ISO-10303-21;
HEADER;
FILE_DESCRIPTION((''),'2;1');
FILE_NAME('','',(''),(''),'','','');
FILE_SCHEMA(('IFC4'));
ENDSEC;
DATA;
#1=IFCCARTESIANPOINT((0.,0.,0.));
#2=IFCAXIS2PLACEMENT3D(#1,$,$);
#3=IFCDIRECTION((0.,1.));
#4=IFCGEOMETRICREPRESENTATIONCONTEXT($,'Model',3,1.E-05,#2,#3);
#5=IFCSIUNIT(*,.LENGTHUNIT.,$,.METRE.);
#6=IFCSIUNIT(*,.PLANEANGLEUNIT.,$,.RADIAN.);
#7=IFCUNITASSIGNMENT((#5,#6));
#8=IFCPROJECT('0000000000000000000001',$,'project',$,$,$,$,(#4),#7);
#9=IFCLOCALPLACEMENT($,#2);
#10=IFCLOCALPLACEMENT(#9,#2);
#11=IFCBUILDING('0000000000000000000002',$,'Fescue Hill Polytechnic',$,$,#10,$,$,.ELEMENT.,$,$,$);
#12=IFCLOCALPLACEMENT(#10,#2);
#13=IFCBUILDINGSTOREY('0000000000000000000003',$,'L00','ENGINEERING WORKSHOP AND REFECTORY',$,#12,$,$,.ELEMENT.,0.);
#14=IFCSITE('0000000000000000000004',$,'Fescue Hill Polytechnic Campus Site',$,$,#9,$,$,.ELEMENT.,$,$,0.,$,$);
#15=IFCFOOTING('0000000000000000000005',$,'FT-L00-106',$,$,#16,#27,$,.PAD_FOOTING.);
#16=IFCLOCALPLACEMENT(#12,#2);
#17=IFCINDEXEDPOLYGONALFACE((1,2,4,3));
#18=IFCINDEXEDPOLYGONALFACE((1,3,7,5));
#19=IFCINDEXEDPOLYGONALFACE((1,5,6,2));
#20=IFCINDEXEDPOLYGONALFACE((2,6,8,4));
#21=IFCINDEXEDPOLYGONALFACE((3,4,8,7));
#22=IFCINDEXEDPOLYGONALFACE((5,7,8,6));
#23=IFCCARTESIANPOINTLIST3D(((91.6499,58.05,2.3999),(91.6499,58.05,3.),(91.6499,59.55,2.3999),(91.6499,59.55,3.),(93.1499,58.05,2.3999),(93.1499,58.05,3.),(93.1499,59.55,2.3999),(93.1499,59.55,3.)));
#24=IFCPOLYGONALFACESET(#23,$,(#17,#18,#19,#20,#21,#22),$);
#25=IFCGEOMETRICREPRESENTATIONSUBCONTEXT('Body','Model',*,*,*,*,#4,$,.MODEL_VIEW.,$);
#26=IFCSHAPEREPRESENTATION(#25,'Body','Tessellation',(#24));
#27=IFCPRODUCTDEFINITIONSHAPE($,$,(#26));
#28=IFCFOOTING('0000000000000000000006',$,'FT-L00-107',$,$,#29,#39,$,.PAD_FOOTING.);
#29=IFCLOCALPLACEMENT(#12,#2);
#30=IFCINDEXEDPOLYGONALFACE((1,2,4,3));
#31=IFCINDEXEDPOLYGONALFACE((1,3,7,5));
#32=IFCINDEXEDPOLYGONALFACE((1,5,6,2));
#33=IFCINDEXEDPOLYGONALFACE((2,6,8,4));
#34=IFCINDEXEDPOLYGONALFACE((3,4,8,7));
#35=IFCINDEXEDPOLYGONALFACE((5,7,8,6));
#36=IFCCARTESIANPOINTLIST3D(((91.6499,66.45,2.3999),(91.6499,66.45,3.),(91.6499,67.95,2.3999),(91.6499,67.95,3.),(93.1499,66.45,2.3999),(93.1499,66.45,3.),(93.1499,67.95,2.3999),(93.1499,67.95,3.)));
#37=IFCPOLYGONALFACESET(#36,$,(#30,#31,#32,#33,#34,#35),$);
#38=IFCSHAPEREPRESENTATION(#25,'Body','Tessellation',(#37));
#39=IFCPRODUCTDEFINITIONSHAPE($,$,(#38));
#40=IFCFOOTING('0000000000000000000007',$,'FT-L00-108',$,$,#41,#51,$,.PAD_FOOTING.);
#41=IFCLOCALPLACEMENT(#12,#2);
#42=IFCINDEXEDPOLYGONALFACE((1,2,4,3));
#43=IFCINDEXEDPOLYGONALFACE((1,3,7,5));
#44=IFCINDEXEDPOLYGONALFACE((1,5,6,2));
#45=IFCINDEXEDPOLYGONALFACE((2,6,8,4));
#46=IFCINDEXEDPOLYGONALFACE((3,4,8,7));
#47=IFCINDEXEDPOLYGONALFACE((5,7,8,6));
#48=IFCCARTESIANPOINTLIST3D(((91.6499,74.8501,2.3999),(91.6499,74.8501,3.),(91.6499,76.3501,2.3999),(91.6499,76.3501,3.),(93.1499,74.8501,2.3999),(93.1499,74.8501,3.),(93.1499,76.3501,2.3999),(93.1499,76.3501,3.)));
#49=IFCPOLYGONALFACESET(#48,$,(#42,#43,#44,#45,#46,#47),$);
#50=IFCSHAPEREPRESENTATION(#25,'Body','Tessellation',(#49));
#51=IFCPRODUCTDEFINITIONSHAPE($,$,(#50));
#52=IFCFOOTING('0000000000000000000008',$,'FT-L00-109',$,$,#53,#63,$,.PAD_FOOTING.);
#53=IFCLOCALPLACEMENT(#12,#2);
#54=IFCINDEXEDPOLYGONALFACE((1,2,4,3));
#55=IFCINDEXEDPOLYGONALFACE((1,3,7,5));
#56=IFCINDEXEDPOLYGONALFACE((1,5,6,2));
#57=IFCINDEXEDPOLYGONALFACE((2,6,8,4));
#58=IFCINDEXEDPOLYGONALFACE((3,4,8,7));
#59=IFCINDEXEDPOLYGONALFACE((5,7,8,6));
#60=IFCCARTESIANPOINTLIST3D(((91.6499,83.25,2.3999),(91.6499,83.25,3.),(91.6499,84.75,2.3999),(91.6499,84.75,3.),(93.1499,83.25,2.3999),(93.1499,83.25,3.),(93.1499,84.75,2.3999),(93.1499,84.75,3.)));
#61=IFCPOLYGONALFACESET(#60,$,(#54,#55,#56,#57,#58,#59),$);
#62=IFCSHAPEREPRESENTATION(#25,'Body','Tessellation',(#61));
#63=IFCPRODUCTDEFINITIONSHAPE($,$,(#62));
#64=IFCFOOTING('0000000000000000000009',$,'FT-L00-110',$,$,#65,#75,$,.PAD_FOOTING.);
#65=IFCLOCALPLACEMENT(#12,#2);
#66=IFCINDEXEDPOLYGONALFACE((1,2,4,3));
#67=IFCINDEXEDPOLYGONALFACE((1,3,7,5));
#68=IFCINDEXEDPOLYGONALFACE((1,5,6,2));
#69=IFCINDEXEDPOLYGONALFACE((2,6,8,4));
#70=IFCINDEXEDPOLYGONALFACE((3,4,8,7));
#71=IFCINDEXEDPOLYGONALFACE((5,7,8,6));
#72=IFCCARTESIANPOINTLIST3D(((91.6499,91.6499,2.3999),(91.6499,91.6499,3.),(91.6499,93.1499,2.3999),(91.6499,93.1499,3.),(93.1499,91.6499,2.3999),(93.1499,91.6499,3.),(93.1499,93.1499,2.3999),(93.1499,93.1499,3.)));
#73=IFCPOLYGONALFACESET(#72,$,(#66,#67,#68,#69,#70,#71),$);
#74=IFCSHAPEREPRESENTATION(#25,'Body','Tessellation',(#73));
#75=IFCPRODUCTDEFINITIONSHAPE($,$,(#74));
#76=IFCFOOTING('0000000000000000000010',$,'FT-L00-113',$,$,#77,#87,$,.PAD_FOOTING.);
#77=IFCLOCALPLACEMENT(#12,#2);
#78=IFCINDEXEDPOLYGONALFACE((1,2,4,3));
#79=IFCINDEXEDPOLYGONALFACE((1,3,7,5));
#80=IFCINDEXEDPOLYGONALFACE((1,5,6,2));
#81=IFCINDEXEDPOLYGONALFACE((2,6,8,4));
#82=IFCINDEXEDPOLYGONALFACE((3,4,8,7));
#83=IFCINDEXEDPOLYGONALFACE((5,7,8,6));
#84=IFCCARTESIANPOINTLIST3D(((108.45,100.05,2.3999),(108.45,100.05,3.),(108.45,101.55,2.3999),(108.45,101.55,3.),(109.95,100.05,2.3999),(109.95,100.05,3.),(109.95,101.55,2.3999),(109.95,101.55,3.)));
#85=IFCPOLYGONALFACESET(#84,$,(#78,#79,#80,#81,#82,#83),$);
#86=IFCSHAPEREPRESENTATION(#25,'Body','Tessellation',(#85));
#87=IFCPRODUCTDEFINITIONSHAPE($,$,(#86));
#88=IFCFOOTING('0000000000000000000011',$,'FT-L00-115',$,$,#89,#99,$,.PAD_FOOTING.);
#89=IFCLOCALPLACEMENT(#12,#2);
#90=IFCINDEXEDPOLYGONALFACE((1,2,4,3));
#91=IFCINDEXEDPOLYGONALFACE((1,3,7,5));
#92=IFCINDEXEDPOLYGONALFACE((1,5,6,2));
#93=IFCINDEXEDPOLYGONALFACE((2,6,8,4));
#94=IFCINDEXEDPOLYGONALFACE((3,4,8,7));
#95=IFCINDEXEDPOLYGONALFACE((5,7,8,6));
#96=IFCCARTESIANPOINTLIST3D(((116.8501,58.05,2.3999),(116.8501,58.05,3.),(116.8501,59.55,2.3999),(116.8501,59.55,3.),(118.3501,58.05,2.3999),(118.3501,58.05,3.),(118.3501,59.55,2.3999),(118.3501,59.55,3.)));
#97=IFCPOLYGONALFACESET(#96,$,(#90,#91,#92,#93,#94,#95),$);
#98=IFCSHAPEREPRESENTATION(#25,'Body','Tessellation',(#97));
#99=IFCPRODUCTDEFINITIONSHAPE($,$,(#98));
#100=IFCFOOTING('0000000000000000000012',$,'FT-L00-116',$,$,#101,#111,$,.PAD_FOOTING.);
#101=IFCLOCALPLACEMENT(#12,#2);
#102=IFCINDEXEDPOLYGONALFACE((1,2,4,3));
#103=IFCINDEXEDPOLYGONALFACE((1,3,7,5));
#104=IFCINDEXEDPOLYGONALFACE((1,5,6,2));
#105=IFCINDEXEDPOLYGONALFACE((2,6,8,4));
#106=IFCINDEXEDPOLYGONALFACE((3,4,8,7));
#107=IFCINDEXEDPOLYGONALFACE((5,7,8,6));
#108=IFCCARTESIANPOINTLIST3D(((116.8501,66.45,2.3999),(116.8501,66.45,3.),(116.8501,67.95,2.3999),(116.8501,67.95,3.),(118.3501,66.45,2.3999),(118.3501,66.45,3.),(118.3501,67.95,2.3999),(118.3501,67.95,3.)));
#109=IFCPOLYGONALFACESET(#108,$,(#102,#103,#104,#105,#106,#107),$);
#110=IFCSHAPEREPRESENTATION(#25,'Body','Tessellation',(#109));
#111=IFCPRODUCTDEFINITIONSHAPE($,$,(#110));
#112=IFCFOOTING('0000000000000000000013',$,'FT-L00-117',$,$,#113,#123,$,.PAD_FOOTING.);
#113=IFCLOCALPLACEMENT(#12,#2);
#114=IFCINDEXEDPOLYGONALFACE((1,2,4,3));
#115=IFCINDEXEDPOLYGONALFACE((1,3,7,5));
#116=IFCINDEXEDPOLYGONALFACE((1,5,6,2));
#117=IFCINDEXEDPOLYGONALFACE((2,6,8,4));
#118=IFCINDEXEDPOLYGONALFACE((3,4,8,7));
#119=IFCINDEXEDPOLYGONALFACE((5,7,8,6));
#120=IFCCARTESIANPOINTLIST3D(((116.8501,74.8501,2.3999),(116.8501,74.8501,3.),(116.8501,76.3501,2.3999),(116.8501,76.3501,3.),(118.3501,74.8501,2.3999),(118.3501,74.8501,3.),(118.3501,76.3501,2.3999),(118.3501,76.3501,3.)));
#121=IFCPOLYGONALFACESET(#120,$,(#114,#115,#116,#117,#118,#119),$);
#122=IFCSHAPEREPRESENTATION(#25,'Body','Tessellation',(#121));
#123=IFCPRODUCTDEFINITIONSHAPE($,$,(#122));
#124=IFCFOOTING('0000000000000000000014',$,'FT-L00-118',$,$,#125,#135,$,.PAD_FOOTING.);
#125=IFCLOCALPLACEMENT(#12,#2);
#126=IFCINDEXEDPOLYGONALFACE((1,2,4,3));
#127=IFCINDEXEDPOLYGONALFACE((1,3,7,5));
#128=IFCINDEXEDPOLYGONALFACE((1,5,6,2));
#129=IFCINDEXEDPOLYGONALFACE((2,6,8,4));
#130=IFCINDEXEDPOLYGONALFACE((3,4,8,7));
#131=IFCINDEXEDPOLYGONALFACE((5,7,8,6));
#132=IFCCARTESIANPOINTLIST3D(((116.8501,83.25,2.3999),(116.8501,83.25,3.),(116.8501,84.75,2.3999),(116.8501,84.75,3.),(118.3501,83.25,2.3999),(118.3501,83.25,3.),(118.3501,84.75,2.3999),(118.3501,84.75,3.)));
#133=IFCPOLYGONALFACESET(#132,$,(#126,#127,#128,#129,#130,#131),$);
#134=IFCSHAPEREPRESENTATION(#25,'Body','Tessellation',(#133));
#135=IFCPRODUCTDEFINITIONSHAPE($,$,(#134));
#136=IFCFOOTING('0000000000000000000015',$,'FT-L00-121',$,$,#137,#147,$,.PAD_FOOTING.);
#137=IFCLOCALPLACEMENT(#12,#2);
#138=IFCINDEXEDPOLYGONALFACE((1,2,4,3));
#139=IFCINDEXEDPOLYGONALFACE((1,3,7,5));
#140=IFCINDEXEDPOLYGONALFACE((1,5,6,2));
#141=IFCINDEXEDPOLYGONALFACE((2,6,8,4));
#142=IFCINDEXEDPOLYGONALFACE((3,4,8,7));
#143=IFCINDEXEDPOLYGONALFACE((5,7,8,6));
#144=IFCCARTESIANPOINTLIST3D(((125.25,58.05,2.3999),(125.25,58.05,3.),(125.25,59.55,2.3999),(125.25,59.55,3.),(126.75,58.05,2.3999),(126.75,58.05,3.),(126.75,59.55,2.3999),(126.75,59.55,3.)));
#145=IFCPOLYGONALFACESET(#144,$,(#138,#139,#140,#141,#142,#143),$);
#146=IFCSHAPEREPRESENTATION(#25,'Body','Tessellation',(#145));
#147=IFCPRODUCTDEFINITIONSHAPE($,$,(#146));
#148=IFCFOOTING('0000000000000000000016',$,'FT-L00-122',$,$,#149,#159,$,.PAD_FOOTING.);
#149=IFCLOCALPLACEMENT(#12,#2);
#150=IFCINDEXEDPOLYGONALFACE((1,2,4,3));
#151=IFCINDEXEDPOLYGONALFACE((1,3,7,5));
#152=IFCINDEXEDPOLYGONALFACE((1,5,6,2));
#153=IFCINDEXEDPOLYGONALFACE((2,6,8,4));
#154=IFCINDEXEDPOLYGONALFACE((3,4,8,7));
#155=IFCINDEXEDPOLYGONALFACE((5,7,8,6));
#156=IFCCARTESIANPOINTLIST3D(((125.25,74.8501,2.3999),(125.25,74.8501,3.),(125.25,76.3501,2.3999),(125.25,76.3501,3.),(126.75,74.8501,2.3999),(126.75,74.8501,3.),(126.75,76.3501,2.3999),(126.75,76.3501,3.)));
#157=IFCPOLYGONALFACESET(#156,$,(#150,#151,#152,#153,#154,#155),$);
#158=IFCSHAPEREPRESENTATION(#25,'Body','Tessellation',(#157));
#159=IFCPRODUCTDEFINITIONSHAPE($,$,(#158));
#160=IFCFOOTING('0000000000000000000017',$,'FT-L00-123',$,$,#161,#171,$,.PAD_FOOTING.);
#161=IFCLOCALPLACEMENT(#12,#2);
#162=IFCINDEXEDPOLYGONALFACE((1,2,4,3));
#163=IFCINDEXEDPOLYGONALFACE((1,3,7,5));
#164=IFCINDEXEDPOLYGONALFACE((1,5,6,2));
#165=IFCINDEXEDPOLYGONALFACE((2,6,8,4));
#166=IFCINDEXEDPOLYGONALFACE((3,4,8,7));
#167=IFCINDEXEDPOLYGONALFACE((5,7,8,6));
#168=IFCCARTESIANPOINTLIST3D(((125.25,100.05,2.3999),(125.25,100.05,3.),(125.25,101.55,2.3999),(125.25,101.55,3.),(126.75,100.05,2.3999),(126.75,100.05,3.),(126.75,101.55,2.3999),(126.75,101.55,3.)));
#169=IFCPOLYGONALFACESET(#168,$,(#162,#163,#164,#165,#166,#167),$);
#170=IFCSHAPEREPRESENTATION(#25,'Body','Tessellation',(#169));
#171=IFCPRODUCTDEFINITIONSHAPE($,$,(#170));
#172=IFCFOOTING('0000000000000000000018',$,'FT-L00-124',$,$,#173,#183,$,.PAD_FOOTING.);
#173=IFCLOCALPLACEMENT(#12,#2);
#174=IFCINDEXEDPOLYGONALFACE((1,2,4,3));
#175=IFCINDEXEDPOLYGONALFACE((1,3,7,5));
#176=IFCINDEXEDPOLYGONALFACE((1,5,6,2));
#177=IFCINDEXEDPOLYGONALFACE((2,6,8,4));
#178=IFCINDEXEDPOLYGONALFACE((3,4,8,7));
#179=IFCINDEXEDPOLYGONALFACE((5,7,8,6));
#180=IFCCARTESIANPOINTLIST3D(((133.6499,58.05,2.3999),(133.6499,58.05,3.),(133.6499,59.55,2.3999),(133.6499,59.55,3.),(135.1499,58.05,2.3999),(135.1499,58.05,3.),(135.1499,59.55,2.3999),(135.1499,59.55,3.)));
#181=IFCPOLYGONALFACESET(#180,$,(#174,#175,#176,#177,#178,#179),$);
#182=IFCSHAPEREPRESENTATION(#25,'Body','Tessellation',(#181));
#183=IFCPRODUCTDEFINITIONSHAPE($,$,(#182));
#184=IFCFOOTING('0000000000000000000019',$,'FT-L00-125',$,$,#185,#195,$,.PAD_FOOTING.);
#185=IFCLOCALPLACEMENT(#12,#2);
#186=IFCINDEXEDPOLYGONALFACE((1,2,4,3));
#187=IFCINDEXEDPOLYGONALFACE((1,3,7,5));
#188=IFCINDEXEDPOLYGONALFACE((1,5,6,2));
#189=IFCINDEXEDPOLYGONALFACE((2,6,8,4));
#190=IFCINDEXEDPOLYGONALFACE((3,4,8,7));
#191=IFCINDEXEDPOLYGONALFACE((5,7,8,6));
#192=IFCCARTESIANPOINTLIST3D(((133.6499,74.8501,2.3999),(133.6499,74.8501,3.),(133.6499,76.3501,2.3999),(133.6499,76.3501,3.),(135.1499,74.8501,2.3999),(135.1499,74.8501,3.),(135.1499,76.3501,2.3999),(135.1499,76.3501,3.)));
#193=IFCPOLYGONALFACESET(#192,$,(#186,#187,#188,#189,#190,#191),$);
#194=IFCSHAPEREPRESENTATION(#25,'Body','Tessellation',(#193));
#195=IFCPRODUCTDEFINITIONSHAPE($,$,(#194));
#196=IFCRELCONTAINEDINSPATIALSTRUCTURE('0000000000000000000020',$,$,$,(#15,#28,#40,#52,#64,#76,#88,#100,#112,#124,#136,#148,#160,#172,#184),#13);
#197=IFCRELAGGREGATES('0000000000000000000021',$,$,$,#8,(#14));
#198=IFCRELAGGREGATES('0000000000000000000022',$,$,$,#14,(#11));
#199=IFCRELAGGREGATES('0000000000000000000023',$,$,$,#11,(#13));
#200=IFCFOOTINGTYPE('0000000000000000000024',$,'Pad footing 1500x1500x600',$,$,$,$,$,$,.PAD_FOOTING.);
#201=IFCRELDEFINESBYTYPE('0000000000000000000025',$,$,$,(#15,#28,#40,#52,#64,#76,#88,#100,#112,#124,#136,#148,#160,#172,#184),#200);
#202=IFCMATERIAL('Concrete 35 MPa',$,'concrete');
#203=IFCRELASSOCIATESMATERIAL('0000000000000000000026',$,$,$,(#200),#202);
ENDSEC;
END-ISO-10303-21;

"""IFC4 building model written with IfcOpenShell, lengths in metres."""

from ifc_helpers import new_model, si_unit, direction, frame, origin, place, context, subcontext, project, spatial, polyline, outline, extrude, material, type_object, element, save


model = new_model("IFC4")

# Units and contexts
model_context = context("Model", 3, precision=1e-05, world=origin(), true_north=direction((0.0, 1.0)))
body_context = subcontext(model_context, "Body", "Model", "MODEL_VIEW")
ifc_project = project(units=[si_unit("LENGTHUNIT", "METRE"), si_unit("PLANEANGLEUNIT", "RADIAN")], contexts=[model_context])

# Site, building, storey
site_placement = place(None, origin())
site = spatial("IfcSite", under=ifc_project, at=site_placement, Name="Fescue Hill Polytechnic Campus Site", CompositionType="ELEMENT", RefElevation=0.0)
building_placement = place(site_placement, origin())
building = spatial("IfcBuilding", under=site, at=building_placement, Name="Fescue Hill Polytechnic", CompositionType="ELEMENT")
storey_placement = place(building_placement, origin())
storey = spatial("IfcBuildingStorey", under=building, at=storey_placement, Name="L00", Description="ENGINEERING WORKSHOP AND REFECTORY", CompositionType="ELEMENT", Elevation=0.0)

# Footings
ifc_material = material(Name="Concrete 35 MPa", Category="concrete")
footing_type_1 = type_object("IfcFootingType", Name="Pad footing 1500x1500x600", PredefinedType="PAD_FOOTING", material=ifc_material)
footing_1_placement = place(storey_placement, frame((0.0, 0.0, 2.3999)))
element("IfcFooting", 1, at=footing_1_placement, inside=storey, type_object=footing_type_1, Name="FT-L00-106", PredefinedType="PAD_FOOTING", context=body_context, shape_type="SweptSolid", body=[
    extrude(outline(polyline([(93.1499, 58.05), (93.1499, 59.55), (91.6499, 59.55), (91.6499, 58.05), (93.1499, 58.05)])), origin(), (0.0, 0.0, 1.0), 0.6001),
])
footing_2_placement = place(storey_placement, frame((0.0, 0.0, 2.3999)))
element("IfcFooting", 2, at=footing_2_placement, inside=storey, type_object=footing_type_1, Name="FT-L00-107", PredefinedType="PAD_FOOTING", context=body_context, shape_type="SweptSolid", body=[
    extrude(outline(polyline([(93.1499, 66.45), (93.1499, 67.95), (91.6499, 67.95), (91.6499, 66.45), (93.1499, 66.45)])), origin(), (0.0, 0.0, 1.0), 0.6001),
])
footing_3_placement = place(storey_placement, frame((0.0, 0.0, 2.3999)))
element("IfcFooting", 3, at=footing_3_placement, inside=storey, type_object=footing_type_1, Name="FT-L00-108", PredefinedType="PAD_FOOTING", context=body_context, shape_type="SweptSolid", body=[
    extrude(outline(polyline([(93.1499, 74.8501), (93.1499, 76.3501), (91.6499, 76.3501), (91.6499, 74.8501), (93.1499, 74.8501)])), origin(), (0.0, 0.0, 1.0), 0.6001),
])
footing_4_placement = place(storey_placement, frame((0.0, 0.0, 2.3999)))
element("IfcFooting", 4, at=footing_4_placement, inside=storey, type_object=footing_type_1, Name="FT-L00-109", PredefinedType="PAD_FOOTING", context=body_context, shape_type="SweptSolid", body=[
    extrude(outline(polyline([(93.1499, 83.25), (93.1499, 84.75), (91.6499, 84.75), (91.6499, 83.25), (93.1499, 83.25)])), origin(), (0.0, 0.0, 1.0), 0.6001),
])
footing_5_placement = place(storey_placement, frame((0.0, 0.0, 2.3999)))
element("IfcFooting", 5, at=footing_5_placement, inside=storey, type_object=footing_type_1, Name="FT-L00-110", PredefinedType="PAD_FOOTING", context=body_context, shape_type="SweptSolid", body=[
    extrude(outline(polyline([(93.1499, 91.6499), (93.1499, 93.1499), (91.6499, 93.1499), (91.6499, 91.6499), (93.1499, 91.6499)])), origin(), (0.0, 0.0, 1.0), 0.6001),
])
footing_6_placement = place(storey_placement, frame((0.0, 0.0, 2.3999)))
element("IfcFooting", 6, at=footing_6_placement, inside=storey, type_object=footing_type_1, Name="FT-L00-113", PredefinedType="PAD_FOOTING", context=body_context, shape_type="SweptSolid", body=[
    extrude(outline(polyline([(109.95, 100.05), (109.95, 101.55), (108.45, 101.55), (108.45, 100.05), (109.95, 100.05)])), origin(), (0.0, 0.0, 1.0), 0.6001),
])
footing_7_placement = place(storey_placement, frame((0.0, 0.0, 2.3999)))
element("IfcFooting", 7, at=footing_7_placement, inside=storey, type_object=footing_type_1, Name="FT-L00-115", PredefinedType="PAD_FOOTING", context=body_context, shape_type="SweptSolid", body=[
    extrude(outline(polyline([(118.3501, 58.05), (118.3501, 59.55), (116.8501, 59.55), (116.8501, 58.05), (118.3501, 58.05)])), origin(), (0.0, 0.0, 1.0), 0.6001),
])
footing_8_placement = place(storey_placement, frame((0.0, 0.0, 2.3999)))
element("IfcFooting", 8, at=footing_8_placement, inside=storey, type_object=footing_type_1, Name="FT-L00-116", PredefinedType="PAD_FOOTING", context=body_context, shape_type="SweptSolid", body=[
    extrude(outline(polyline([(118.3501, 66.45), (118.3501, 67.95), (116.8501, 67.95), (116.8501, 66.45), (118.3501, 66.45)])), origin(), (0.0, 0.0, 1.0), 0.6001),
])
footing_9_placement = place(storey_placement, frame((0.0, 0.0, 2.3999)))
element("IfcFooting", 9, at=footing_9_placement, inside=storey, type_object=footing_type_1, Name="FT-L00-117", PredefinedType="PAD_FOOTING", context=body_context, shape_type="SweptSolid", body=[
    extrude(outline(polyline([(118.3501, 74.8501), (118.3501, 76.3501), (116.8501, 76.3501), (116.8501, 74.8501), (118.3501, 74.8501)])), origin(), (0.0, 0.0, 1.0), 0.6001),
])
footing_10_placement = place(storey_placement, frame((0.0, 0.0, 2.3999)))
element("IfcFooting", 10, at=footing_10_placement, inside=storey, type_object=footing_type_1, Name="FT-L00-118", PredefinedType="PAD_FOOTING", context=body_context, shape_type="SweptSolid", body=[
    extrude(outline(polyline([(118.3501, 83.25), (118.3501, 84.75), (116.8501, 84.75), (116.8501, 83.25), (118.3501, 83.25)])), origin(), (0.0, 0.0, 1.0), 0.6001),
])
footing_11_placement = place(storey_placement, frame((0.0, 0.0, 2.3999)))
element("IfcFooting", 11, at=footing_11_placement, inside=storey, type_object=footing_type_1, Name="FT-L00-121", PredefinedType="PAD_FOOTING", context=body_context, shape_type="SweptSolid", body=[
    extrude(outline(polyline([(126.75, 58.05), (126.75, 59.55), (125.25, 59.55), (125.25, 58.05), (126.75, 58.05)])), origin(), (0.0, 0.0, 1.0), 0.6001),
])
footing_12_placement = place(storey_placement, frame((0.0, 0.0, 2.3999)))
element("IfcFooting", 12, at=footing_12_placement, inside=storey, type_object=footing_type_1, Name="FT-L00-122", PredefinedType="PAD_FOOTING", context=body_context, shape_type="SweptSolid", body=[
    extrude(outline(polyline([(126.75, 74.8501), (126.75, 76.3501), (125.25, 76.3501), (125.25, 74.8501), (126.75, 74.8501)])), origin(), (0.0, 0.0, 1.0), 0.6001),
])
footing_13_placement = place(storey_placement, frame((0.0, 0.0, 2.3999)))
element("IfcFooting", 13, at=footing_13_placement, inside=storey, type_object=footing_type_1, Name="FT-L00-123", PredefinedType="PAD_FOOTING", context=body_context, shape_type="SweptSolid", body=[
    extrude(outline(polyline([(126.75, 100.05), (126.75, 101.55), (125.25, 101.55), (125.25, 100.05), (126.75, 100.05)])), origin(), (0.0, 0.0, 1.0), 0.6001),
])
footing_14_placement = place(storey_placement, frame((0.0, 0.0, 2.3999)))
element("IfcFooting", 14, at=footing_14_placement, inside=storey, type_object=footing_type_1, Name="FT-L00-124", PredefinedType="PAD_FOOTING", context=body_context, shape_type="SweptSolid", body=[
    extrude(outline(polyline([(135.1499, 58.05), (135.1499, 59.55), (133.6499, 59.55), (133.6499, 58.05), (135.1499, 58.05)])), origin(), (0.0, 0.0, 1.0), 0.6001),
])
footing_15_placement = place(storey_placement, frame((0.0, 0.0, 2.3999)))
element("IfcFooting", 15, at=footing_15_placement, inside=storey, type_object=footing_type_1, Name="FT-L00-125", PredefinedType="PAD_FOOTING", context=body_context, shape_type="SweptSolid", body=[
    extrude(outline(polyline([(135.1499, 74.8501), (135.1499, 76.3501), (133.6499, 76.3501), (133.6499, 74.8501), (135.1499, 74.8501)])), origin(), (0.0, 0.0, 1.0), 0.6001),
])

save(model, "model.ifc")
